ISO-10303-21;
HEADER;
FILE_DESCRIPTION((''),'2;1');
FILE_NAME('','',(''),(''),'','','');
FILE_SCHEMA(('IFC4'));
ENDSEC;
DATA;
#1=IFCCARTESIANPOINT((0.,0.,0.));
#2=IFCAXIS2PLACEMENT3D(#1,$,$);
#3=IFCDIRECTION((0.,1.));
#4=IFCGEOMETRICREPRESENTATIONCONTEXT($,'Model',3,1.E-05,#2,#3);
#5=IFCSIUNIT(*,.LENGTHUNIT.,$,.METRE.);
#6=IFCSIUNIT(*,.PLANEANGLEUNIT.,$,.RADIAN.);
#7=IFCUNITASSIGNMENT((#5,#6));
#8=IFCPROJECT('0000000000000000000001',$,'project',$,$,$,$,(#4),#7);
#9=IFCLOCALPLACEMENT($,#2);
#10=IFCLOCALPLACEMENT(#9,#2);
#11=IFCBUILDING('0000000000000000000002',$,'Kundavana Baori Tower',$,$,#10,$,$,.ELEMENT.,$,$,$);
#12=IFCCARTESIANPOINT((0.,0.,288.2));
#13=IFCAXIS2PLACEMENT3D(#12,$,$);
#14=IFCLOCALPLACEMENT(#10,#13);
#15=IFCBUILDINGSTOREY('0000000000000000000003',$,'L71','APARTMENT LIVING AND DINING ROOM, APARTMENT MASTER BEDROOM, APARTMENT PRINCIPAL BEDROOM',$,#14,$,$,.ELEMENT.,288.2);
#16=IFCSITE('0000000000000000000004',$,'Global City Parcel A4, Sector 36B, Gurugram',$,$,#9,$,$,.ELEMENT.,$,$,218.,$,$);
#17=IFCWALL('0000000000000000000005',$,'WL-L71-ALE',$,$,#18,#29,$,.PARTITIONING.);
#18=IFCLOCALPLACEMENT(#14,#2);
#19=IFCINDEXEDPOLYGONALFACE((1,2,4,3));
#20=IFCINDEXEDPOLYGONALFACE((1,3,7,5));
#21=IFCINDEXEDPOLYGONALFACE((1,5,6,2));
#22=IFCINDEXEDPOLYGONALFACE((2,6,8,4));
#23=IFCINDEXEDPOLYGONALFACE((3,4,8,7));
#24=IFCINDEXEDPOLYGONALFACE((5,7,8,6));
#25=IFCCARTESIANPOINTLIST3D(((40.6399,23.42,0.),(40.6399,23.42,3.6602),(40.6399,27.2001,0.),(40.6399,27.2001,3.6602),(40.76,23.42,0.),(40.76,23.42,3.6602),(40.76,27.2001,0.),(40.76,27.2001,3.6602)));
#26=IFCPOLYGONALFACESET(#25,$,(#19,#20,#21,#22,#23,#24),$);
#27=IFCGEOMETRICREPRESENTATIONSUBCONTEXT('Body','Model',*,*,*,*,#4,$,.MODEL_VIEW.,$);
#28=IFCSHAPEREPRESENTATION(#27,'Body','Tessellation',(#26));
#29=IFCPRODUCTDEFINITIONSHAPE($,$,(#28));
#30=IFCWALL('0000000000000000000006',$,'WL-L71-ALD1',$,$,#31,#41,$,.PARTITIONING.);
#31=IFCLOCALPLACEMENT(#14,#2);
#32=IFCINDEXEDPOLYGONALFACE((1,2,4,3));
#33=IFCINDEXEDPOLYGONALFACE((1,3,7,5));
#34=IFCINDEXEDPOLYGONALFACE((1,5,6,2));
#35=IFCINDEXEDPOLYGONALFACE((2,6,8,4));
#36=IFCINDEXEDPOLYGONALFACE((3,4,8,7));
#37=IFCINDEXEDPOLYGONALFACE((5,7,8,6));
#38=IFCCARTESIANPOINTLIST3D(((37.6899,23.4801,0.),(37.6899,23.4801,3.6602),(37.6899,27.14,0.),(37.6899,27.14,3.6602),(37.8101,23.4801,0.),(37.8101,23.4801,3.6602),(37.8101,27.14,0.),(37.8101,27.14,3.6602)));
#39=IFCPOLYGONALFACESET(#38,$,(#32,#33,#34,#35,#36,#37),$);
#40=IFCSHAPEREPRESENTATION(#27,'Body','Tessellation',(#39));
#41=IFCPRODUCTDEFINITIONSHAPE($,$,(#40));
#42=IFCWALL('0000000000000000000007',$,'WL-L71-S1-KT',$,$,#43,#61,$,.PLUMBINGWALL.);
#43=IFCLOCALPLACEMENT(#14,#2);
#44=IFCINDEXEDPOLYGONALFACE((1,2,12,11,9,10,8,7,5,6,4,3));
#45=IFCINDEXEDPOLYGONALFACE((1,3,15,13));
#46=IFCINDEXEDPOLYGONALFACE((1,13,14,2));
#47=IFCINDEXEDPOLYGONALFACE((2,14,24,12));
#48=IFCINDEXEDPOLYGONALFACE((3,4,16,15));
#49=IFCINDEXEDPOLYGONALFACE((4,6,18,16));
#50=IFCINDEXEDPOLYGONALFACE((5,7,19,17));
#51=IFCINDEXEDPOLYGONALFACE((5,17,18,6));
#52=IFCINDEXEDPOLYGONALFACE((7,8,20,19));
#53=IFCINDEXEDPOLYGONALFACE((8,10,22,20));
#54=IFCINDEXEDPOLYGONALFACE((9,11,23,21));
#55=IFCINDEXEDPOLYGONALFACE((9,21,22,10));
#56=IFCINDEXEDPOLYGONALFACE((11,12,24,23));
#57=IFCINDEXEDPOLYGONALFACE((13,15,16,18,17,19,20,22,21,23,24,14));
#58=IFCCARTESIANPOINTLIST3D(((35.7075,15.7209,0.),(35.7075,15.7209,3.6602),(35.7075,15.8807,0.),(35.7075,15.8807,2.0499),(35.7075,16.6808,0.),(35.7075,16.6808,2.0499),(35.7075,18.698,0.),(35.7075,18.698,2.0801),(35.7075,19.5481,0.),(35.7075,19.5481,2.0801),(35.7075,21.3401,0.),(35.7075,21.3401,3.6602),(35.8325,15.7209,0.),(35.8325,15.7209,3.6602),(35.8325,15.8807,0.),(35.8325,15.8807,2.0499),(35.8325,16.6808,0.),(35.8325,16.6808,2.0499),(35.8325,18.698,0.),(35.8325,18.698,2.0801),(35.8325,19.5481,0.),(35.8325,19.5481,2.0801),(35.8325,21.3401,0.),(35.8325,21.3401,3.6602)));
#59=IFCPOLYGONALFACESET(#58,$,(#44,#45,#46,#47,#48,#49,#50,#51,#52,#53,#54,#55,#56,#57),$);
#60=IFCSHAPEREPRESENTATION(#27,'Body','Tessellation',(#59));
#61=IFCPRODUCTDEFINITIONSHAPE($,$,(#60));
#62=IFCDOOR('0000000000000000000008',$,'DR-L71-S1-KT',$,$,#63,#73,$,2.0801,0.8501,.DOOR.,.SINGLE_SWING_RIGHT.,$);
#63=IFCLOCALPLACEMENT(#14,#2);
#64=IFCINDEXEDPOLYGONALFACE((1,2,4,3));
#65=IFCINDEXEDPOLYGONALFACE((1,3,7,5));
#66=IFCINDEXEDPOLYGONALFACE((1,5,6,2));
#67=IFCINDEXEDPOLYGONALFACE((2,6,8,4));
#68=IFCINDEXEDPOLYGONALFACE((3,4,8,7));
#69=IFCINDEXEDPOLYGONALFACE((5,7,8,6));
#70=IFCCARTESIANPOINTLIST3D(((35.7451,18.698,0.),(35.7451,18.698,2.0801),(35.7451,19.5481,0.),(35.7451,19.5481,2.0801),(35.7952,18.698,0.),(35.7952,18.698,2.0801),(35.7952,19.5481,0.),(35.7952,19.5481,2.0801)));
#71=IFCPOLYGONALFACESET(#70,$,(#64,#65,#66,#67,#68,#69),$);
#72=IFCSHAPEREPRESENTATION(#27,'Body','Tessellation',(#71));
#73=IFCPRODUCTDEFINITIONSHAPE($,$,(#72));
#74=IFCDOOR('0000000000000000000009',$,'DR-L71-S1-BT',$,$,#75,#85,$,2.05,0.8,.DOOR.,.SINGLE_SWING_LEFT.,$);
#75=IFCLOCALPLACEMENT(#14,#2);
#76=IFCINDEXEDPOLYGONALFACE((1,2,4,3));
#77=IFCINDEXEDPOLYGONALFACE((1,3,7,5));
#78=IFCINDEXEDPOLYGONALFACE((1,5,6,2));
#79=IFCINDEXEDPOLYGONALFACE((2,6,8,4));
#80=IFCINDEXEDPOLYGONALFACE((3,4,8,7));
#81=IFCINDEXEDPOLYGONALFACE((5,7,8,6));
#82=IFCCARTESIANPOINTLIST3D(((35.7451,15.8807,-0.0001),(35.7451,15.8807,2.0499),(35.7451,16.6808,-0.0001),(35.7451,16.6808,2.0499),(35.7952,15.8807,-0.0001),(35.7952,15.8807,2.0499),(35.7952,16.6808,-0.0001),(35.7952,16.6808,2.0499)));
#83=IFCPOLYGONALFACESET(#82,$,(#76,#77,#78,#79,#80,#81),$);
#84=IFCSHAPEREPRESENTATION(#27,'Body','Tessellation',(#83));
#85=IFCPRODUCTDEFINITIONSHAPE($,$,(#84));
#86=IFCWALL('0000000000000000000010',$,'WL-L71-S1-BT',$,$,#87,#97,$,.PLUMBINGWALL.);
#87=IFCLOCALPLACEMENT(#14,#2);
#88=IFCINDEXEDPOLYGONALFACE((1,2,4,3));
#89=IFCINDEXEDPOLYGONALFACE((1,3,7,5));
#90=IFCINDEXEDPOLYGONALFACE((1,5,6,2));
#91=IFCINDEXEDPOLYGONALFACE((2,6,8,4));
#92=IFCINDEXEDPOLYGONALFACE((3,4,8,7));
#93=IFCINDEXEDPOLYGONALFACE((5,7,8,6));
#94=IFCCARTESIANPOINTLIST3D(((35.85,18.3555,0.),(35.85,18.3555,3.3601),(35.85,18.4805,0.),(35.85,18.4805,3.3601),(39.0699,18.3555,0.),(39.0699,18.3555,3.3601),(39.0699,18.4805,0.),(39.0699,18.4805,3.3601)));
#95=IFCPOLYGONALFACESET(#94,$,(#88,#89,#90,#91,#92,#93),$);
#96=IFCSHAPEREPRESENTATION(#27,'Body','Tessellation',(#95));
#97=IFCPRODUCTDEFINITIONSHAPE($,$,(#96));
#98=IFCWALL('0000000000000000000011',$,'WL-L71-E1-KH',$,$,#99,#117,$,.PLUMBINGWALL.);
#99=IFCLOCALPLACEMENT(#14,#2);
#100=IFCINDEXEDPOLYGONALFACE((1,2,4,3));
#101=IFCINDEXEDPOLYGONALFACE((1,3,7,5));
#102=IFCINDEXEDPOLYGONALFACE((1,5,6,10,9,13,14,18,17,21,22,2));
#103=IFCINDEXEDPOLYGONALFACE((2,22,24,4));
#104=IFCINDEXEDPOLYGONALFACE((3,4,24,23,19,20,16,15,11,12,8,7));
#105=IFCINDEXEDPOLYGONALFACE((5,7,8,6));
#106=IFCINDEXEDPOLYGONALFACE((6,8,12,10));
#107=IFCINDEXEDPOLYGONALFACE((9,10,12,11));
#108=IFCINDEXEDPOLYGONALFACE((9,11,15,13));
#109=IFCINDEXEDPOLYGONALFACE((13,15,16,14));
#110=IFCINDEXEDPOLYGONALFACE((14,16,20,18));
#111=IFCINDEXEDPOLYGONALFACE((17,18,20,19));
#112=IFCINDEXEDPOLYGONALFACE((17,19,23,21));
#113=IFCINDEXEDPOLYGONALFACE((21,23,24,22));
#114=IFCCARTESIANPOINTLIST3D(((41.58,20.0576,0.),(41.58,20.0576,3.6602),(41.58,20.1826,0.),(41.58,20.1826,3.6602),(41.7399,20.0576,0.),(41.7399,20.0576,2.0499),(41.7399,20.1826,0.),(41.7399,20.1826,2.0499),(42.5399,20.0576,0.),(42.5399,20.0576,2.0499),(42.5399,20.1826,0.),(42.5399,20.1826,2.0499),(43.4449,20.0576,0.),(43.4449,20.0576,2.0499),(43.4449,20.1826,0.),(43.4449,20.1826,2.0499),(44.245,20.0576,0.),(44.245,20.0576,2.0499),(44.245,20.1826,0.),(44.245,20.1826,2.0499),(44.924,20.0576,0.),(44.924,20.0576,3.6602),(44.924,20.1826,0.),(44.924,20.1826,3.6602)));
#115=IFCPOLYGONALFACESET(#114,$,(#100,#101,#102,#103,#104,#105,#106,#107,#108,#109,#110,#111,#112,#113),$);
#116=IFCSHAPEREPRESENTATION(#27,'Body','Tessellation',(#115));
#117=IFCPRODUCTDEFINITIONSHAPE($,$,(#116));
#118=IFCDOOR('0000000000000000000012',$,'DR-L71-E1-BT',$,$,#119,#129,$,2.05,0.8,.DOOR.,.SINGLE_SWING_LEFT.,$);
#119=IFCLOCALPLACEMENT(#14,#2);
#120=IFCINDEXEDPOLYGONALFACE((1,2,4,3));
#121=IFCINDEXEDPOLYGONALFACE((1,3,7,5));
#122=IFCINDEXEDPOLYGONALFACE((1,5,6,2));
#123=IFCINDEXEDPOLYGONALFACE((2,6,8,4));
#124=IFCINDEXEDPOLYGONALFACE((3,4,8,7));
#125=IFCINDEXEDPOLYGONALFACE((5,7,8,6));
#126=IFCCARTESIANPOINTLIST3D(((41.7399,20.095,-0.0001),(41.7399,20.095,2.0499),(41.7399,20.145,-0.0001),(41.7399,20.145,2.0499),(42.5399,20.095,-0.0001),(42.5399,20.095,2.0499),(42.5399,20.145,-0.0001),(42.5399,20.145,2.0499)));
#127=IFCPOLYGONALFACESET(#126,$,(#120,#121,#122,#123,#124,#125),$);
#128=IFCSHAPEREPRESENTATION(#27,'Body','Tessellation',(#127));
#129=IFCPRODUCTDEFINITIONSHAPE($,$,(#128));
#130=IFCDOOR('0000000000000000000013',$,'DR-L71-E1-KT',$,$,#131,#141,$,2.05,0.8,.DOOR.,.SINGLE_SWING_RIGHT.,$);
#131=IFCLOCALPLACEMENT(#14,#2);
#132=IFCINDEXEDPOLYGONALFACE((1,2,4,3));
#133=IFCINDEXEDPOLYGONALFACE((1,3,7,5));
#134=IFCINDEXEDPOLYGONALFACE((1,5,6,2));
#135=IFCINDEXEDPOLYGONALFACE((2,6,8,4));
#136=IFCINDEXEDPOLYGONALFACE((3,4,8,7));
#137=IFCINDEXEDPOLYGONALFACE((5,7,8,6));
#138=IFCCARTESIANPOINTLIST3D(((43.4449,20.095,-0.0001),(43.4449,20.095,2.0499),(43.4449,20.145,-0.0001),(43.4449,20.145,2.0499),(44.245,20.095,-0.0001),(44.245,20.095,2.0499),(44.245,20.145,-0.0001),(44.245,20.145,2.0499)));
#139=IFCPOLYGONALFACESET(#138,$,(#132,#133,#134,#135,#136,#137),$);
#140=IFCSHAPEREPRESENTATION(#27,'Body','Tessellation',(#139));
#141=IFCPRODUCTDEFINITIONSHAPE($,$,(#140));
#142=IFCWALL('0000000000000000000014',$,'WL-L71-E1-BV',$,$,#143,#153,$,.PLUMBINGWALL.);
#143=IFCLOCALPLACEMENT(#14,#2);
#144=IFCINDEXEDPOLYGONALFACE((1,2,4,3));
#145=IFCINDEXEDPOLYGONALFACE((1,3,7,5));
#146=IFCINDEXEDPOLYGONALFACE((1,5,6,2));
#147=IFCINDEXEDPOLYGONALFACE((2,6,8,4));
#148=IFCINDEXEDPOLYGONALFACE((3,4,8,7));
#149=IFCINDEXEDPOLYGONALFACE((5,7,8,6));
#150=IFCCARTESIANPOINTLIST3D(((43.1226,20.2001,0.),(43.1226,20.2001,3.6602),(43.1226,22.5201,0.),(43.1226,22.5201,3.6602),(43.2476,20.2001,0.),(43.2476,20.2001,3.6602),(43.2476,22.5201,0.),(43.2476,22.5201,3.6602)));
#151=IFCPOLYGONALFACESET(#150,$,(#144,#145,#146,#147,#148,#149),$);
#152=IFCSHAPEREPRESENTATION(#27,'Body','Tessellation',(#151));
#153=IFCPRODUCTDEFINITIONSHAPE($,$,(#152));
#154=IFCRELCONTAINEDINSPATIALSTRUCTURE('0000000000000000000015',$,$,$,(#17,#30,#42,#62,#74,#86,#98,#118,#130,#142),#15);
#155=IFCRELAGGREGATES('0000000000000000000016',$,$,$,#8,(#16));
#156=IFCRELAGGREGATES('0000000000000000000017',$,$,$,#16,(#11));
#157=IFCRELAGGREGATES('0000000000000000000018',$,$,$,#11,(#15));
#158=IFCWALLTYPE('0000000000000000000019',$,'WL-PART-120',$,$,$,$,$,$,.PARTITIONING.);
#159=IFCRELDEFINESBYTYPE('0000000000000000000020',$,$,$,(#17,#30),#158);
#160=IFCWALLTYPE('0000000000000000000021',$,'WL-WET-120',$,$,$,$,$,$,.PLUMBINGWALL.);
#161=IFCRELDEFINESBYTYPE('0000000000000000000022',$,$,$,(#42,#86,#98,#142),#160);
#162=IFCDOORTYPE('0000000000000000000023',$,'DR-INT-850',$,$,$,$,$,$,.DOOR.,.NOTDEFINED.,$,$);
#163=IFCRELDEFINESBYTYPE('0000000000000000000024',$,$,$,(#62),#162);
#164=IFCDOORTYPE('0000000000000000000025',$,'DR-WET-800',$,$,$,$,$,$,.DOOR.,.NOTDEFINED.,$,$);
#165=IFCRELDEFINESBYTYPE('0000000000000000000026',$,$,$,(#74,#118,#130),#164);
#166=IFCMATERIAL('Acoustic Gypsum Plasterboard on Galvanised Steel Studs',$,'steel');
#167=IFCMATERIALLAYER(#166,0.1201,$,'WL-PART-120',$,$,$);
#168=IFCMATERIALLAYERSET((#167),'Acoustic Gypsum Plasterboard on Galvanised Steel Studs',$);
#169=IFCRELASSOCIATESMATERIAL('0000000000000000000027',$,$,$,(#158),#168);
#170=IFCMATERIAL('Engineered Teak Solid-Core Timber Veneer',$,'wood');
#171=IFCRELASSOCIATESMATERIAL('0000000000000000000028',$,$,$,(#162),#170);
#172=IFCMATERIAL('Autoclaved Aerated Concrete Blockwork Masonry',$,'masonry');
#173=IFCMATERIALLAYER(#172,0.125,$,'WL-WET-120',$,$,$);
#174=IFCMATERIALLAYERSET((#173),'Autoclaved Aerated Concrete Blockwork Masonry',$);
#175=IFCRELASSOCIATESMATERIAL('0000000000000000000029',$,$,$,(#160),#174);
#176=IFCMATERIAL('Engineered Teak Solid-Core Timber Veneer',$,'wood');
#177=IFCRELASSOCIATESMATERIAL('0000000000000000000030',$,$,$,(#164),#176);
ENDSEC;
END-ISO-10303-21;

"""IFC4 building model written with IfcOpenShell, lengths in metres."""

from ifc_helpers import new_model, si_unit, direction, frame, frame_2d, origin, place, context, subcontext, project, spatial, rectangle, extrude, material, layer, layer_set, type_object, element, fill, save


model = new_model("IFC4")

# Units and contexts
model_context = context("Model", 3, precision=1e-05, world=origin(), true_north=direction((0.0, 1.0)))
body_context = subcontext(model_context, "Body", "Model", "MODEL_VIEW")
ifc_project = project(units=[si_unit("LENGTHUNIT", "METRE"), si_unit("PLANEANGLEUNIT", "RADIAN")], contexts=[model_context])

# Site, building, storey
site_placement = place(None, origin())
site = spatial("IfcSite", under=ifc_project, at=site_placement, Name="Global City Parcel A4, Sector 36B, Gurugram", CompositionType="ELEMENT", RefElevation=218.0)
building_placement = place(site_placement, origin())
building = spatial("IfcBuilding", under=site, at=building_placement, Name="Kundavana Baori Tower", CompositionType="ELEMENT")
storey_placement = place(building_placement, frame((0.0, 0.0, 288.2)))
storey = spatial("IfcBuildingStorey", under=building, at=storey_placement, Name="L71", Description="APARTMENT LIVING AND DINING ROOM, APARTMENT MASTER BEDROOM, APARTMENT PRINCIPAL BEDROOM", CompositionType="ELEMENT", Elevation=288.2)

# Shared definitions
ifc_material_1 = material(Name="Acoustic Gypsum Plasterboard on Galvanised Steel Studs", Category="steel")
ifc_layer_1 = layer(ifc_material_1, 0.1201, Name="WL-PART-120")
ifc_layer_set_1 = layer_set([ifc_layer_1], Name="Acoustic Gypsum Plasterboard on Galvanised Steel Studs")
wall_type_1 = type_object("IfcWallType", Name="WL-PART-120", PredefinedType="PARTITIONING", material=ifc_layer_set_1)

# Shared definitions
ifc_material_2 = material(Name="Engineered Teak Solid-Core Timber Veneer", Category="wood")
door_type_1 = type_object("IfcDoorType", Name="DR-INT-850", OperationType="NOTDEFINED", PredefinedType="DOOR", material=ifc_material_2)

# Walls
wall_1_placement = place(storey_placement, frame((40.7, 23.4199, 0.0), z_axis=(0.0, 0.0, 1.0), x_axis=(0.0, 1.0, 0.0)))
element("IfcWall", 1, at=wall_1_placement, inside=storey, type_object=wall_type_1, Name="WL-L71-ALE", PredefinedType="PARTITIONING", context=body_context, shape_type="SweptSolid", body=[
    extrude(rectangle(XDim=3.78, YDim=0.1201, at=frame_2d((1.8901, 0.0))), origin(), (0.0, 0.0, 1.0), 3.6602),
])
wall_2_placement = place(storey_placement, frame((37.75, 23.48, 0.0), z_axis=(0.0, 0.0, 1.0), x_axis=(0.0, 1.0, 0.0)))
element("IfcWall", 2, at=wall_2_placement, inside=storey, type_object=wall_type_1, Name="WL-L71-ALD1", PredefinedType="PARTITIONING", context=body_context, shape_type="SweptSolid", body=[
    extrude(rectangle(XDim=3.6599, YDim=0.1201, at=frame_2d((1.8301, 0.0))), origin(), (0.0, 0.0, 1.0), 3.6602),
])

# Wall, openings, doors
ifc_material_3 = material(Name="Autoclaved Aerated Concrete Blockwork Masonry", Category="masonry")
ifc_layer_2 = layer(ifc_material_3, 0.125, Name="WL-WET-120")
ifc_layer_set_2 = layer_set([ifc_layer_2], Name="Autoclaved Aerated Concrete Blockwork Masonry")
wall_type_2 = type_object("IfcWallType", Name="WL-WET-120", PredefinedType="PLUMBINGWALL", material=ifc_layer_set_2)
wall_3_placement = place(storey_placement, frame((35.77, 15.7209, 0.0), z_axis=(0.0, 0.0, 1.0), x_axis=(0.0, 1.0, 0.0)))
wall_3 = element("IfcWall", 3, at=wall_3_placement, inside=storey, type_object=wall_type_2, Name="WL-L71-S1-KT", PredefinedType="PLUMBINGWALL", context=body_context, shape_type="SweptSolid", body=[
    extrude(rectangle(XDim=5.6191, YDim=0.125, at=frame_2d((2.8096, 0.0))), origin(), (0.0, 0.0, 1.0), 3.6602),
])
opening_1_placement = place(wall_3_placement, frame((0.1599, 0.0, 0.0)))
opening_1 = element("IfcOpeningElement", 4, at=opening_1_placement, cuts=wall_3, PredefinedType="OPENING", context=body_context, shape_type="SweptSolid", body=[
    extrude(rectangle(XDim=0.8, YDim=2.05, at=frame_2d((0.3999, 1.0249))), frame((0.0, 0.0725, 0.0), z_axis=(0.0, -1.0, 0.0), x_axis=(1.0, 0.0, 0.0)), (0.0, 0.0, 1.0), 0.145),
])
opening_2_placement = place(wall_3_placement, frame((2.9771, 0.0, 0.0)))
opening_2 = element("IfcOpeningElement", 5, at=opening_2_placement, cuts=wall_3, PredefinedType="OPENING", context=body_context, shape_type="SweptSolid", body=[
    extrude(rectangle(XDim=0.8501, YDim=2.0801, at=frame_2d((0.425, 1.04))), frame((0.0, 0.0725, 0.0), z_axis=(0.0, -1.0, 0.0), x_axis=(1.0, 0.0, 0.0)), (0.0, 0.0, 1.0), 0.145),
])
door_1_placement = place(opening_2_placement, origin())
door_1 = element("IfcDoor", 6, at=door_1_placement, inside=storey, type_object=door_type_1, Name="DR-L71-S1-KT", OperationType="SINGLE_SWING_RIGHT", OverallHeight=2.0801, OverallWidth=0.8501, PredefinedType="DOOR", context=body_context, shape_type="SweptSolid", body=[
    extrude(rectangle(XDim=0.8501, YDim=2.0801, at=frame_2d((0.425, 1.04))), frame((0.0, 0.0249, 0.0), z_axis=(0.0, -1.0, 0.0), x_axis=(1.0, 0.0, 0.0)), (0.0, 0.0, 1.0), 0.05),
])
fill(opening_2, door_1)
ifc_material_4 = material(Name="Engineered Teak Solid-Core Timber Veneer", Category="wood")
door_type_2 = type_object("IfcDoorType", Name="DR-WET-800", OperationType="NOTDEFINED", PredefinedType="DOOR", material=ifc_material_4)
door_2_placement = place(opening_1_placement, origin())
door_2 = element("IfcDoor", 7, at=door_2_placement, inside=storey, type_object=door_type_2, Name="DR-L71-S1-BT", OperationType="SINGLE_SWING_LEFT", OverallHeight=2.05, OverallWidth=0.8, PredefinedType="DOOR", context=body_context, shape_type="SweptSolid", body=[
    extrude(rectangle(XDim=0.8, YDim=2.05, at=frame_2d((0.3999, 1.0249))), frame((0.0, 0.0249, 0.0), z_axis=(0.0, -1.0, 0.0), x_axis=(1.0, 0.0, 0.0)), (0.0, 0.0, 1.0), 0.05),
])
fill(opening_1, door_2)

# Wall
wall_4_placement = place(storey_placement, frame((35.8501, 18.418, 0.0), z_axis=(0.0, 0.0, 1.0), x_axis=(1.0, 0.0, 0.0)))
element("IfcWall", 8, at=wall_4_placement, inside=storey, type_object=wall_type_2, Name="WL-L71-S1-BT", PredefinedType="PLUMBINGWALL", context=body_context, shape_type="SweptSolid", body=[
    extrude(rectangle(XDim=3.22, YDim=0.125, at=frame_2d((1.6099, 0.0))), origin(), (0.0, 0.0, 1.0), 3.3601),
])

# Wall, openings, doors
wall_5_placement = place(storey_placement, frame((41.5801, 20.1201, 0.0), z_axis=(0.0, 0.0, 1.0), x_axis=(1.0, 0.0, 0.0)))
wall_5 = element("IfcWall", 9, at=wall_5_placement, inside=storey, type_object=wall_type_2, Name="WL-L71-E1-KH", PredefinedType="PLUMBINGWALL", context=body_context, shape_type="SweptSolid", body=[
    extrude(rectangle(XDim=3.344, YDim=0.125, at=frame_2d((1.6719, 0.0))), origin(), (0.0, 0.0, 1.0), 3.6602),
])
opening_3_placement = place(wall_5_placement, frame((0.1599, 0.0, 0.0)))
opening_3 = element("IfcOpeningElement", 10, at=opening_3_placement, cuts=wall_5, PredefinedType="OPENING", context=body_context, shape_type="SweptSolid", body=[
    extrude(rectangle(XDim=0.8, YDim=2.05, at=frame_2d((0.3999, 1.0249))), frame((0.0, 0.0725, 0.0), z_axis=(0.0, -1.0, 0.0), x_axis=(1.0, 0.0, 0.0)), (0.0, 0.0, 1.0), 0.145),
])
opening_4_placement = place(wall_5_placement, frame((1.865, 0.0, 0.0)))
opening_4 = element("IfcOpeningElement", 11, at=opening_4_placement, cuts=wall_5, PredefinedType="OPENING", context=body_context, shape_type="SweptSolid", body=[
    extrude(rectangle(XDim=0.8, YDim=2.05, at=frame_2d((0.3999, 1.0249))), frame((0.0, 0.0725, 0.0), z_axis=(0.0, -1.0, 0.0), x_axis=(1.0, 0.0, 0.0)), (0.0, 0.0, 1.0), 0.145),
])
door_3_placement = place(opening_3_placement, origin())
door_3 = element("IfcDoor", 12, at=door_3_placement, inside=storey, type_object=door_type_2, Name="DR-L71-E1-BT", OperationType="SINGLE_SWING_LEFT", OverallHeight=2.05, OverallWidth=0.8, PredefinedType="DOOR", context=body_context, shape_type="SweptSolid", body=[
    extrude(rectangle(XDim=0.8, YDim=2.05, at=frame_2d((0.3999, 1.0249))), frame((0.0, 0.0249, 0.0), z_axis=(0.0, -1.0, 0.0), x_axis=(1.0, 0.0, 0.0)), (0.0, 0.0, 1.0), 0.05),
])
fill(opening_3, door_3)
door_4_placement = place(opening_4_placement, origin())
door_4 = element("IfcDoor", 13, at=door_4_placement, inside=storey, type_object=door_type_2, Name="DR-L71-E1-KT", OperationType="SINGLE_SWING_RIGHT", OverallHeight=2.05, OverallWidth=0.8, PredefinedType="DOOR", context=body_context, shape_type="SweptSolid", body=[
    extrude(rectangle(XDim=0.8, YDim=2.05, at=frame_2d((0.3999, 1.0249))), frame((0.0, 0.0249, 0.0), z_axis=(0.0, -1.0, 0.0), x_axis=(1.0, 0.0, 0.0)), (0.0, 0.0, 1.0), 0.05),
])
fill(opening_4, door_4)

# Wall
wall_6_placement = place(storey_placement, frame((43.1851, 20.2, 0.0), z_axis=(0.0, 0.0, 1.0), x_axis=(0.0, 1.0, 0.0)))
element("IfcWall", 14, at=wall_6_placement, inside=storey, type_object=wall_type_2, Name="WL-L71-E1-BV", PredefinedType="PLUMBINGWALL", context=body_context, shape_type="SweptSolid", body=[
    extrude(rectangle(XDim=2.3201, YDim=0.125, at=frame_2d((1.1602, 0.0))), origin(), (0.0, 0.0, 1.0), 3.6602),
])

save(model, "model.ifc")
